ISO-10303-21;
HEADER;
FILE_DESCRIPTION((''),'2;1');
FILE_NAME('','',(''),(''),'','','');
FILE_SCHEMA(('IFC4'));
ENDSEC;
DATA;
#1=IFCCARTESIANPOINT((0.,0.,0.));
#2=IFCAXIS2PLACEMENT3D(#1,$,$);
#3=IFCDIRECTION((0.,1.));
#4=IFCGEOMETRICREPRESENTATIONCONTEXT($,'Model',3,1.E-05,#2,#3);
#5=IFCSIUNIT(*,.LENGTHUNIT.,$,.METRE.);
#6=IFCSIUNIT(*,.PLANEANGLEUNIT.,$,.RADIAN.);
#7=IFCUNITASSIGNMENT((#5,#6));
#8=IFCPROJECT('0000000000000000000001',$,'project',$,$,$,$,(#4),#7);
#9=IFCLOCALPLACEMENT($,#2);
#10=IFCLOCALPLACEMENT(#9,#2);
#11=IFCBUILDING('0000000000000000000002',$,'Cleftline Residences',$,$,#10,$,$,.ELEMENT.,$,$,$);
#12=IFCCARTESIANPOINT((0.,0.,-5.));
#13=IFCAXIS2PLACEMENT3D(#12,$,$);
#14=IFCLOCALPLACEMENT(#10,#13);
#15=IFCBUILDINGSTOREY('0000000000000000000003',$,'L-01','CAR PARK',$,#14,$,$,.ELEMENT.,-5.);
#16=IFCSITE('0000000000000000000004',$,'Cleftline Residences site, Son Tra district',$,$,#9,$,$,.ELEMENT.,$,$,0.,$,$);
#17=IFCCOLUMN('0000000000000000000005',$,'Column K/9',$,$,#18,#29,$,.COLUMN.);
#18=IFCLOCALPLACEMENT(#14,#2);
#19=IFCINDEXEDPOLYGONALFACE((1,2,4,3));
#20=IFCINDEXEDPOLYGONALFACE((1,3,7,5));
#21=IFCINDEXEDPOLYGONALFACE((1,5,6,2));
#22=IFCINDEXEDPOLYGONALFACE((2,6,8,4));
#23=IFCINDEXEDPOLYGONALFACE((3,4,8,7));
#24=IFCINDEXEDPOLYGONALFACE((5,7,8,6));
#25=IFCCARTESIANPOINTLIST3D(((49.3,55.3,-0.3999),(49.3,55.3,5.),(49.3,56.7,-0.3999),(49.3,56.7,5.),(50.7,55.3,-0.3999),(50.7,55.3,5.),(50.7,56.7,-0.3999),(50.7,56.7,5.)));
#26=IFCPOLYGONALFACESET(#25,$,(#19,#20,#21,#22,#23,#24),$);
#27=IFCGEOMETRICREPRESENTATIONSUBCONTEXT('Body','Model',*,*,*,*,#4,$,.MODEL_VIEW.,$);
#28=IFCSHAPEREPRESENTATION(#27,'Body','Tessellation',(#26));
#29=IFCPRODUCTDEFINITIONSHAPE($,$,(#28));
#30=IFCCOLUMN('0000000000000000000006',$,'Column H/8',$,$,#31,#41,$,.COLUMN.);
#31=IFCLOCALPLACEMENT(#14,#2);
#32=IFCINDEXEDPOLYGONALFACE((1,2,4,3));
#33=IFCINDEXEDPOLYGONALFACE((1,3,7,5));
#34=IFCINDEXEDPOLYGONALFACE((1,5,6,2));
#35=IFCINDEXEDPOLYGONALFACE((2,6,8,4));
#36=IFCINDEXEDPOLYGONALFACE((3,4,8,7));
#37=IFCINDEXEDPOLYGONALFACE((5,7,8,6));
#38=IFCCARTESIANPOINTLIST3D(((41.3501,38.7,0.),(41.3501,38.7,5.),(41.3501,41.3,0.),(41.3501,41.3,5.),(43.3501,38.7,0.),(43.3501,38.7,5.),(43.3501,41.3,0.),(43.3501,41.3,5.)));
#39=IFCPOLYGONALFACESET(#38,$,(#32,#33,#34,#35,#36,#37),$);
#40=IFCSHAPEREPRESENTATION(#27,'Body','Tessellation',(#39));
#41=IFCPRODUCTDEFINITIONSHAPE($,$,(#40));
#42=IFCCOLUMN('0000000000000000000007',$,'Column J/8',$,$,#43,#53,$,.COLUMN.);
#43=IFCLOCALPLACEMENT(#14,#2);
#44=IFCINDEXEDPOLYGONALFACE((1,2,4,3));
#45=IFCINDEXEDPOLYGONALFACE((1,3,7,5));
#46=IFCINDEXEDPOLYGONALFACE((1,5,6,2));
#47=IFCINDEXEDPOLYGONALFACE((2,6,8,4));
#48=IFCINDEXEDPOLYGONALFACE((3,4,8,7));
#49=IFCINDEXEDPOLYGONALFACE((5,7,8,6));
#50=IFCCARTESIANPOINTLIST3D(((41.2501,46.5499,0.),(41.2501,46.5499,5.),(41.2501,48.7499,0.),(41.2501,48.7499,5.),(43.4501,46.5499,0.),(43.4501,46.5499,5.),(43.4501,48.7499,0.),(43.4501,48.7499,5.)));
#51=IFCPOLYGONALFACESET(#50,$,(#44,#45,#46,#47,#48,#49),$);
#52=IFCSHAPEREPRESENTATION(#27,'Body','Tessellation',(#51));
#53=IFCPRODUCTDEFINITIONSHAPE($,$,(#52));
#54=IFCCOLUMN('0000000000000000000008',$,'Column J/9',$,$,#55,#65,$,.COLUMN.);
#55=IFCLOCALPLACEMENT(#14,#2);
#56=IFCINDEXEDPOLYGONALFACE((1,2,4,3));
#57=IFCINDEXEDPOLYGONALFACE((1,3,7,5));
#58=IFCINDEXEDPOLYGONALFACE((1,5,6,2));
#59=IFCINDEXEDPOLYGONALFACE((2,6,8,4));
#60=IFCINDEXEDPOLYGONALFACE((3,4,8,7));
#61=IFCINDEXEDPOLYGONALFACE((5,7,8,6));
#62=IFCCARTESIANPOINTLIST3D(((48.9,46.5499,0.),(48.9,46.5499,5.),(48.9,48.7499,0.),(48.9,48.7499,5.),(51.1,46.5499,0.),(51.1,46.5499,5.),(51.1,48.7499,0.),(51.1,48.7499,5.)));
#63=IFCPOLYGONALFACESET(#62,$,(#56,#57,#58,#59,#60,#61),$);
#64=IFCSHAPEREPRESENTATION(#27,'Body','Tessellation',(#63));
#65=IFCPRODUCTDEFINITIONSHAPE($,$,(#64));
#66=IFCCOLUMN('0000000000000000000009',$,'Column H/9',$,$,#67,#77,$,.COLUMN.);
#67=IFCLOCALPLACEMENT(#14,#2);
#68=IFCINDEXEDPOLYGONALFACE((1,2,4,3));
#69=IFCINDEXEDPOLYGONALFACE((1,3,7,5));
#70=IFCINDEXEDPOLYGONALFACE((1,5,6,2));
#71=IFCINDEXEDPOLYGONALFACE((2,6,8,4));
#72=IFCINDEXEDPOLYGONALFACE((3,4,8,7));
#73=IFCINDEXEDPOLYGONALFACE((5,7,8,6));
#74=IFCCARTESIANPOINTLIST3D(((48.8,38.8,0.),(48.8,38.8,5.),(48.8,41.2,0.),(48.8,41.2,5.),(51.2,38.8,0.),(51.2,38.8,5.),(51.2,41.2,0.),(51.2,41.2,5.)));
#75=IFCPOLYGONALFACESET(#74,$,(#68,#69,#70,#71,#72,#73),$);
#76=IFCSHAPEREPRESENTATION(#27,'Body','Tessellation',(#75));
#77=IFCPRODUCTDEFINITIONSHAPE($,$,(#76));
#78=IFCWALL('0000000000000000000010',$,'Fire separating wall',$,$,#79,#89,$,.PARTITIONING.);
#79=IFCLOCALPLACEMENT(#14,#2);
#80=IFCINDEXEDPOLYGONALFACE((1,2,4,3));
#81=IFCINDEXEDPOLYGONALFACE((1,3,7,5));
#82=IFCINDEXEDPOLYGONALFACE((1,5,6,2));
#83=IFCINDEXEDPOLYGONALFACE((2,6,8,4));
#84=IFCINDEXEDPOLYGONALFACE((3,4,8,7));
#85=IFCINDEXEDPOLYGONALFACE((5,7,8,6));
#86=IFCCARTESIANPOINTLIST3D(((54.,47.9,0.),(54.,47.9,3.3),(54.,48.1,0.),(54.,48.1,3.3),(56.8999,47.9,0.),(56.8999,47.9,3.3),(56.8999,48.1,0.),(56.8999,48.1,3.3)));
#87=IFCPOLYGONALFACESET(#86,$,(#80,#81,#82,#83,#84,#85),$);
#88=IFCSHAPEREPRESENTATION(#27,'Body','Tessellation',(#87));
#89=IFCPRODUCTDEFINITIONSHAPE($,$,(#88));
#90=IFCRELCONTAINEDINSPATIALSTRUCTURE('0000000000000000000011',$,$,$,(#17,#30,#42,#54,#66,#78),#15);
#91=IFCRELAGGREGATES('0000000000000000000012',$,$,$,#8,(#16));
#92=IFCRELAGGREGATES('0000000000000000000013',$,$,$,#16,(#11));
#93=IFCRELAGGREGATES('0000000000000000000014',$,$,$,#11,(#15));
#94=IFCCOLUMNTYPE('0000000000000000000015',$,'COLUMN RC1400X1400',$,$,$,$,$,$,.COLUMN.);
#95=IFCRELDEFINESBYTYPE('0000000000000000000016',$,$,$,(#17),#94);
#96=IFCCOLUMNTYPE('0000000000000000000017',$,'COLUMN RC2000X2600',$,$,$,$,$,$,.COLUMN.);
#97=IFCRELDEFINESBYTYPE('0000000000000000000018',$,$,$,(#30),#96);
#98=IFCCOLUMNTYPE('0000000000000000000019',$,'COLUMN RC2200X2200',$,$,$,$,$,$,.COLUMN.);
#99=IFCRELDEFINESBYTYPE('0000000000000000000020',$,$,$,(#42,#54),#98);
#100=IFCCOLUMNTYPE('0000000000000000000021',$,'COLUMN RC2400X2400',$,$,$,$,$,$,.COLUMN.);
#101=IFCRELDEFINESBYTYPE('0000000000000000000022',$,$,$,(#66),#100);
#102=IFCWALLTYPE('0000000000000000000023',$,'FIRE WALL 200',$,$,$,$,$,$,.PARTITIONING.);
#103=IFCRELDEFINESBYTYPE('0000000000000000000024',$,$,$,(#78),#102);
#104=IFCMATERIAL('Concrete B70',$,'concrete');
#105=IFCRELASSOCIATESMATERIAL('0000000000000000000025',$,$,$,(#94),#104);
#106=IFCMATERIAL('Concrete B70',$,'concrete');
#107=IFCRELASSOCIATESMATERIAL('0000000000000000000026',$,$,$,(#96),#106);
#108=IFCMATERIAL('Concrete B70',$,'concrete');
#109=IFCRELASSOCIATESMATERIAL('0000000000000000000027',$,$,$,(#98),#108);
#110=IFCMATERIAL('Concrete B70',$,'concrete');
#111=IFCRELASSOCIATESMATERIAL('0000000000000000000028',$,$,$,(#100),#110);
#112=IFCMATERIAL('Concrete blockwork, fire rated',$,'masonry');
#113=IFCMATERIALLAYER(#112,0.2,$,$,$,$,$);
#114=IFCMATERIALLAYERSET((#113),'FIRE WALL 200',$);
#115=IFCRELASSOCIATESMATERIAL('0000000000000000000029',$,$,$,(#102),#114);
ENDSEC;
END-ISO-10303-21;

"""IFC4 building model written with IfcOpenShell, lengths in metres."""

from ifc_helpers import new_model, si_unit, direction, frame, frame_2d, origin, origin_2d, place, context, subcontext, project, spatial, rectangle, extrude, material, layer, layer_set, material_profile, profile_set, type_object, element, save


model = new_model("IFC4")

# Units and contexts
model_context = context("Model", 3, precision=1e-05, world=origin(), true_north=direction((0.0, 1.0)))
body_context = subcontext(model_context, "Body", "Model", "MODEL_VIEW")
ifc_project = project(units=[si_unit("LENGTHUNIT", "METRE"), si_unit("PLANEANGLEUNIT", "RADIAN")], contexts=[model_context])

# Site, building, storey
site_placement = place(None, origin())
site = spatial("IfcSite", under=ifc_project, at=site_placement, Name="Cleftline Residences site, Son Tra district", CompositionType="ELEMENT", RefElevation=0.0)
building_placement = place(site_placement, origin())
building = spatial("IfcBuilding", under=site, at=building_placement, Name="Cleftline Residences", CompositionType="ELEMENT")
storey_placement = place(building_placement, frame((0.0, 0.0, -5.0)))
storey = spatial("IfcBuildingStorey", under=building, at=storey_placement, Name="L-01", Description="CAR PARK", CompositionType="ELEMENT", Elevation=-5.0)

# Columns
ifc_material_1 = material(Name="Concrete B70", Category="concrete")
ifc_material_profile_1 = material_profile(ifc_material_1, rectangle(XDim=1.3999, YDim=1.3999, at=origin_2d()))
ifc_profile_set_1 = profile_set([ifc_material_profile_1], Name="Concrete B70")
column_type_1 = type_object("IfcColumnType", Name="COLUMN RC1400X1400", PredefinedType="COLUMN", material=ifc_profile_set_1)
column_1_placement = place(storey_placement, frame((50.0, 56.0, -0.3999), z_axis=(0.0, 0.0, 1.0), x_axis=(1.0, 0.0, 0.0)))
element("IfcColumn", 1, at=column_1_placement, inside=storey, type_object=column_type_1, Name="Column K/9", PredefinedType="COLUMN", context=body_context, shape_type="SweptSolid", body=[
    extrude(rectangle(XDim=1.3999, YDim=1.3999, at=origin_2d()), origin(), (0.0, 0.0, 1.0), 5.3999),
])
ifc_material_2 = material(Name="Concrete B70", Category="concrete")
ifc_material_profile_2 = material_profile(ifc_material_2, rectangle(XDim=2.0, YDim=2.6001, at=origin_2d()))
ifc_profile_set_2 = profile_set([ifc_material_profile_2], Name="Concrete B70")
column_type_2 = type_object("IfcColumnType", Name="COLUMN RC2000X2600", PredefinedType="COLUMN", material=ifc_profile_set_2)
column_2_placement = place(storey_placement, frame((42.3501, 40.0, 0.0), z_axis=(0.0, 0.0, 1.0), x_axis=(1.0, 0.0, 0.0)))
element("IfcColumn", 2, at=column_2_placement, inside=storey, type_object=column_type_2, Name="Column H/8", PredefinedType="COLUMN", context=body_context, shape_type="SweptSolid", body=[
    extrude(rectangle(XDim=2.0, YDim=2.6001, at=origin_2d()), origin(), (0.0, 0.0, 1.0), 5.0),
])
ifc_material_3 = material(Name="Concrete B70", Category="concrete")
ifc_material_profile_3 = material_profile(ifc_material_3, rectangle(XDim=2.2, YDim=2.2, at=origin_2d()))
ifc_profile_set_3 = profile_set([ifc_material_profile_3], Name="Concrete B70")
column_type_3 = type_object("IfcColumnType", Name="COLUMN RC2200X2200", PredefinedType="COLUMN", material=ifc_profile_set_3)
for number, where, z_axis, x_axis, name in (
    (3, (42.3501, 47.6499, 0.0), (0.0, 0.0, 1.0), (1.0, 0.0, 0.0), "Column J/8"),
    (4, (50.0, 47.6499, 0.0), (0.0, 0.0, 1.0), (1.0, 0.0, 0.0), "Column J/9"),
):
    element("IfcColumn", number, at=place(storey_placement, frame(where, z_axis=z_axis, x_axis=x_axis)), inside=storey, type_object=column_type_3, Name=name, PredefinedType="COLUMN", context=body_context, shape_type="SweptSolid", body=[
        extrude(rectangle(XDim=2.2, YDim=2.2, at=origin_2d()), origin(), (0.0, 0.0, 1.0), 5.0),
    ])
ifc_material_4 = material(Name="Concrete B70", Category="concrete")
ifc_material_profile_4 = material_profile(ifc_material_4, rectangle(XDim=2.3999, YDim=2.3999, at=origin_2d()))
ifc_profile_set_4 = profile_set([ifc_material_profile_4], Name="Concrete B70")
column_type_4 = type_object("IfcColumnType", Name="COLUMN RC2400X2400", PredefinedType="COLUMN", material=ifc_profile_set_4)
column_3_placement = place(storey_placement, frame((50.0, 40.0, 0.0), z_axis=(0.0, 0.0, 1.0), x_axis=(1.0, 0.0, 0.0)))
element("IfcColumn", 5, at=column_3_placement, inside=storey, type_object=column_type_4, Name="Column H/9", PredefinedType="COLUMN", context=body_context, shape_type="SweptSolid", body=[
    extrude(rectangle(XDim=2.3999, YDim=2.3999, at=origin_2d()), origin(), (0.0, 0.0, 1.0), 5.0),
])

# Wall
ifc_material_5 = material(Name="Concrete blockwork, fire rated", Category="masonry")
ifc_layer = layer(ifc_material_5, 0.2)
ifc_layer_set = layer_set([ifc_layer], Name="FIRE WALL 200")
wall_type = type_object("IfcWallType", Name="FIRE WALL 200", PredefinedType="PARTITIONING", material=ifc_layer_set)
wall_placement = place(storey_placement, frame((54.0, 48.0, 0.0), z_axis=(0.0, 0.0, 1.0), x_axis=(1.0, 0.0, 0.0)))
element("IfcWall", 6, at=wall_placement, inside=storey, type_object=wall_type, Name="Fire separating wall", PredefinedType="PARTITIONING", context=body_context, shape_type="SweptSolid", body=[
    extrude(rectangle(XDim=2.8999, YDim=0.2, at=frame_2d((1.45, 0.0))), origin(), (0.0, 0.0, 1.0), 3.3),
])

save(model, "model.ifc")
